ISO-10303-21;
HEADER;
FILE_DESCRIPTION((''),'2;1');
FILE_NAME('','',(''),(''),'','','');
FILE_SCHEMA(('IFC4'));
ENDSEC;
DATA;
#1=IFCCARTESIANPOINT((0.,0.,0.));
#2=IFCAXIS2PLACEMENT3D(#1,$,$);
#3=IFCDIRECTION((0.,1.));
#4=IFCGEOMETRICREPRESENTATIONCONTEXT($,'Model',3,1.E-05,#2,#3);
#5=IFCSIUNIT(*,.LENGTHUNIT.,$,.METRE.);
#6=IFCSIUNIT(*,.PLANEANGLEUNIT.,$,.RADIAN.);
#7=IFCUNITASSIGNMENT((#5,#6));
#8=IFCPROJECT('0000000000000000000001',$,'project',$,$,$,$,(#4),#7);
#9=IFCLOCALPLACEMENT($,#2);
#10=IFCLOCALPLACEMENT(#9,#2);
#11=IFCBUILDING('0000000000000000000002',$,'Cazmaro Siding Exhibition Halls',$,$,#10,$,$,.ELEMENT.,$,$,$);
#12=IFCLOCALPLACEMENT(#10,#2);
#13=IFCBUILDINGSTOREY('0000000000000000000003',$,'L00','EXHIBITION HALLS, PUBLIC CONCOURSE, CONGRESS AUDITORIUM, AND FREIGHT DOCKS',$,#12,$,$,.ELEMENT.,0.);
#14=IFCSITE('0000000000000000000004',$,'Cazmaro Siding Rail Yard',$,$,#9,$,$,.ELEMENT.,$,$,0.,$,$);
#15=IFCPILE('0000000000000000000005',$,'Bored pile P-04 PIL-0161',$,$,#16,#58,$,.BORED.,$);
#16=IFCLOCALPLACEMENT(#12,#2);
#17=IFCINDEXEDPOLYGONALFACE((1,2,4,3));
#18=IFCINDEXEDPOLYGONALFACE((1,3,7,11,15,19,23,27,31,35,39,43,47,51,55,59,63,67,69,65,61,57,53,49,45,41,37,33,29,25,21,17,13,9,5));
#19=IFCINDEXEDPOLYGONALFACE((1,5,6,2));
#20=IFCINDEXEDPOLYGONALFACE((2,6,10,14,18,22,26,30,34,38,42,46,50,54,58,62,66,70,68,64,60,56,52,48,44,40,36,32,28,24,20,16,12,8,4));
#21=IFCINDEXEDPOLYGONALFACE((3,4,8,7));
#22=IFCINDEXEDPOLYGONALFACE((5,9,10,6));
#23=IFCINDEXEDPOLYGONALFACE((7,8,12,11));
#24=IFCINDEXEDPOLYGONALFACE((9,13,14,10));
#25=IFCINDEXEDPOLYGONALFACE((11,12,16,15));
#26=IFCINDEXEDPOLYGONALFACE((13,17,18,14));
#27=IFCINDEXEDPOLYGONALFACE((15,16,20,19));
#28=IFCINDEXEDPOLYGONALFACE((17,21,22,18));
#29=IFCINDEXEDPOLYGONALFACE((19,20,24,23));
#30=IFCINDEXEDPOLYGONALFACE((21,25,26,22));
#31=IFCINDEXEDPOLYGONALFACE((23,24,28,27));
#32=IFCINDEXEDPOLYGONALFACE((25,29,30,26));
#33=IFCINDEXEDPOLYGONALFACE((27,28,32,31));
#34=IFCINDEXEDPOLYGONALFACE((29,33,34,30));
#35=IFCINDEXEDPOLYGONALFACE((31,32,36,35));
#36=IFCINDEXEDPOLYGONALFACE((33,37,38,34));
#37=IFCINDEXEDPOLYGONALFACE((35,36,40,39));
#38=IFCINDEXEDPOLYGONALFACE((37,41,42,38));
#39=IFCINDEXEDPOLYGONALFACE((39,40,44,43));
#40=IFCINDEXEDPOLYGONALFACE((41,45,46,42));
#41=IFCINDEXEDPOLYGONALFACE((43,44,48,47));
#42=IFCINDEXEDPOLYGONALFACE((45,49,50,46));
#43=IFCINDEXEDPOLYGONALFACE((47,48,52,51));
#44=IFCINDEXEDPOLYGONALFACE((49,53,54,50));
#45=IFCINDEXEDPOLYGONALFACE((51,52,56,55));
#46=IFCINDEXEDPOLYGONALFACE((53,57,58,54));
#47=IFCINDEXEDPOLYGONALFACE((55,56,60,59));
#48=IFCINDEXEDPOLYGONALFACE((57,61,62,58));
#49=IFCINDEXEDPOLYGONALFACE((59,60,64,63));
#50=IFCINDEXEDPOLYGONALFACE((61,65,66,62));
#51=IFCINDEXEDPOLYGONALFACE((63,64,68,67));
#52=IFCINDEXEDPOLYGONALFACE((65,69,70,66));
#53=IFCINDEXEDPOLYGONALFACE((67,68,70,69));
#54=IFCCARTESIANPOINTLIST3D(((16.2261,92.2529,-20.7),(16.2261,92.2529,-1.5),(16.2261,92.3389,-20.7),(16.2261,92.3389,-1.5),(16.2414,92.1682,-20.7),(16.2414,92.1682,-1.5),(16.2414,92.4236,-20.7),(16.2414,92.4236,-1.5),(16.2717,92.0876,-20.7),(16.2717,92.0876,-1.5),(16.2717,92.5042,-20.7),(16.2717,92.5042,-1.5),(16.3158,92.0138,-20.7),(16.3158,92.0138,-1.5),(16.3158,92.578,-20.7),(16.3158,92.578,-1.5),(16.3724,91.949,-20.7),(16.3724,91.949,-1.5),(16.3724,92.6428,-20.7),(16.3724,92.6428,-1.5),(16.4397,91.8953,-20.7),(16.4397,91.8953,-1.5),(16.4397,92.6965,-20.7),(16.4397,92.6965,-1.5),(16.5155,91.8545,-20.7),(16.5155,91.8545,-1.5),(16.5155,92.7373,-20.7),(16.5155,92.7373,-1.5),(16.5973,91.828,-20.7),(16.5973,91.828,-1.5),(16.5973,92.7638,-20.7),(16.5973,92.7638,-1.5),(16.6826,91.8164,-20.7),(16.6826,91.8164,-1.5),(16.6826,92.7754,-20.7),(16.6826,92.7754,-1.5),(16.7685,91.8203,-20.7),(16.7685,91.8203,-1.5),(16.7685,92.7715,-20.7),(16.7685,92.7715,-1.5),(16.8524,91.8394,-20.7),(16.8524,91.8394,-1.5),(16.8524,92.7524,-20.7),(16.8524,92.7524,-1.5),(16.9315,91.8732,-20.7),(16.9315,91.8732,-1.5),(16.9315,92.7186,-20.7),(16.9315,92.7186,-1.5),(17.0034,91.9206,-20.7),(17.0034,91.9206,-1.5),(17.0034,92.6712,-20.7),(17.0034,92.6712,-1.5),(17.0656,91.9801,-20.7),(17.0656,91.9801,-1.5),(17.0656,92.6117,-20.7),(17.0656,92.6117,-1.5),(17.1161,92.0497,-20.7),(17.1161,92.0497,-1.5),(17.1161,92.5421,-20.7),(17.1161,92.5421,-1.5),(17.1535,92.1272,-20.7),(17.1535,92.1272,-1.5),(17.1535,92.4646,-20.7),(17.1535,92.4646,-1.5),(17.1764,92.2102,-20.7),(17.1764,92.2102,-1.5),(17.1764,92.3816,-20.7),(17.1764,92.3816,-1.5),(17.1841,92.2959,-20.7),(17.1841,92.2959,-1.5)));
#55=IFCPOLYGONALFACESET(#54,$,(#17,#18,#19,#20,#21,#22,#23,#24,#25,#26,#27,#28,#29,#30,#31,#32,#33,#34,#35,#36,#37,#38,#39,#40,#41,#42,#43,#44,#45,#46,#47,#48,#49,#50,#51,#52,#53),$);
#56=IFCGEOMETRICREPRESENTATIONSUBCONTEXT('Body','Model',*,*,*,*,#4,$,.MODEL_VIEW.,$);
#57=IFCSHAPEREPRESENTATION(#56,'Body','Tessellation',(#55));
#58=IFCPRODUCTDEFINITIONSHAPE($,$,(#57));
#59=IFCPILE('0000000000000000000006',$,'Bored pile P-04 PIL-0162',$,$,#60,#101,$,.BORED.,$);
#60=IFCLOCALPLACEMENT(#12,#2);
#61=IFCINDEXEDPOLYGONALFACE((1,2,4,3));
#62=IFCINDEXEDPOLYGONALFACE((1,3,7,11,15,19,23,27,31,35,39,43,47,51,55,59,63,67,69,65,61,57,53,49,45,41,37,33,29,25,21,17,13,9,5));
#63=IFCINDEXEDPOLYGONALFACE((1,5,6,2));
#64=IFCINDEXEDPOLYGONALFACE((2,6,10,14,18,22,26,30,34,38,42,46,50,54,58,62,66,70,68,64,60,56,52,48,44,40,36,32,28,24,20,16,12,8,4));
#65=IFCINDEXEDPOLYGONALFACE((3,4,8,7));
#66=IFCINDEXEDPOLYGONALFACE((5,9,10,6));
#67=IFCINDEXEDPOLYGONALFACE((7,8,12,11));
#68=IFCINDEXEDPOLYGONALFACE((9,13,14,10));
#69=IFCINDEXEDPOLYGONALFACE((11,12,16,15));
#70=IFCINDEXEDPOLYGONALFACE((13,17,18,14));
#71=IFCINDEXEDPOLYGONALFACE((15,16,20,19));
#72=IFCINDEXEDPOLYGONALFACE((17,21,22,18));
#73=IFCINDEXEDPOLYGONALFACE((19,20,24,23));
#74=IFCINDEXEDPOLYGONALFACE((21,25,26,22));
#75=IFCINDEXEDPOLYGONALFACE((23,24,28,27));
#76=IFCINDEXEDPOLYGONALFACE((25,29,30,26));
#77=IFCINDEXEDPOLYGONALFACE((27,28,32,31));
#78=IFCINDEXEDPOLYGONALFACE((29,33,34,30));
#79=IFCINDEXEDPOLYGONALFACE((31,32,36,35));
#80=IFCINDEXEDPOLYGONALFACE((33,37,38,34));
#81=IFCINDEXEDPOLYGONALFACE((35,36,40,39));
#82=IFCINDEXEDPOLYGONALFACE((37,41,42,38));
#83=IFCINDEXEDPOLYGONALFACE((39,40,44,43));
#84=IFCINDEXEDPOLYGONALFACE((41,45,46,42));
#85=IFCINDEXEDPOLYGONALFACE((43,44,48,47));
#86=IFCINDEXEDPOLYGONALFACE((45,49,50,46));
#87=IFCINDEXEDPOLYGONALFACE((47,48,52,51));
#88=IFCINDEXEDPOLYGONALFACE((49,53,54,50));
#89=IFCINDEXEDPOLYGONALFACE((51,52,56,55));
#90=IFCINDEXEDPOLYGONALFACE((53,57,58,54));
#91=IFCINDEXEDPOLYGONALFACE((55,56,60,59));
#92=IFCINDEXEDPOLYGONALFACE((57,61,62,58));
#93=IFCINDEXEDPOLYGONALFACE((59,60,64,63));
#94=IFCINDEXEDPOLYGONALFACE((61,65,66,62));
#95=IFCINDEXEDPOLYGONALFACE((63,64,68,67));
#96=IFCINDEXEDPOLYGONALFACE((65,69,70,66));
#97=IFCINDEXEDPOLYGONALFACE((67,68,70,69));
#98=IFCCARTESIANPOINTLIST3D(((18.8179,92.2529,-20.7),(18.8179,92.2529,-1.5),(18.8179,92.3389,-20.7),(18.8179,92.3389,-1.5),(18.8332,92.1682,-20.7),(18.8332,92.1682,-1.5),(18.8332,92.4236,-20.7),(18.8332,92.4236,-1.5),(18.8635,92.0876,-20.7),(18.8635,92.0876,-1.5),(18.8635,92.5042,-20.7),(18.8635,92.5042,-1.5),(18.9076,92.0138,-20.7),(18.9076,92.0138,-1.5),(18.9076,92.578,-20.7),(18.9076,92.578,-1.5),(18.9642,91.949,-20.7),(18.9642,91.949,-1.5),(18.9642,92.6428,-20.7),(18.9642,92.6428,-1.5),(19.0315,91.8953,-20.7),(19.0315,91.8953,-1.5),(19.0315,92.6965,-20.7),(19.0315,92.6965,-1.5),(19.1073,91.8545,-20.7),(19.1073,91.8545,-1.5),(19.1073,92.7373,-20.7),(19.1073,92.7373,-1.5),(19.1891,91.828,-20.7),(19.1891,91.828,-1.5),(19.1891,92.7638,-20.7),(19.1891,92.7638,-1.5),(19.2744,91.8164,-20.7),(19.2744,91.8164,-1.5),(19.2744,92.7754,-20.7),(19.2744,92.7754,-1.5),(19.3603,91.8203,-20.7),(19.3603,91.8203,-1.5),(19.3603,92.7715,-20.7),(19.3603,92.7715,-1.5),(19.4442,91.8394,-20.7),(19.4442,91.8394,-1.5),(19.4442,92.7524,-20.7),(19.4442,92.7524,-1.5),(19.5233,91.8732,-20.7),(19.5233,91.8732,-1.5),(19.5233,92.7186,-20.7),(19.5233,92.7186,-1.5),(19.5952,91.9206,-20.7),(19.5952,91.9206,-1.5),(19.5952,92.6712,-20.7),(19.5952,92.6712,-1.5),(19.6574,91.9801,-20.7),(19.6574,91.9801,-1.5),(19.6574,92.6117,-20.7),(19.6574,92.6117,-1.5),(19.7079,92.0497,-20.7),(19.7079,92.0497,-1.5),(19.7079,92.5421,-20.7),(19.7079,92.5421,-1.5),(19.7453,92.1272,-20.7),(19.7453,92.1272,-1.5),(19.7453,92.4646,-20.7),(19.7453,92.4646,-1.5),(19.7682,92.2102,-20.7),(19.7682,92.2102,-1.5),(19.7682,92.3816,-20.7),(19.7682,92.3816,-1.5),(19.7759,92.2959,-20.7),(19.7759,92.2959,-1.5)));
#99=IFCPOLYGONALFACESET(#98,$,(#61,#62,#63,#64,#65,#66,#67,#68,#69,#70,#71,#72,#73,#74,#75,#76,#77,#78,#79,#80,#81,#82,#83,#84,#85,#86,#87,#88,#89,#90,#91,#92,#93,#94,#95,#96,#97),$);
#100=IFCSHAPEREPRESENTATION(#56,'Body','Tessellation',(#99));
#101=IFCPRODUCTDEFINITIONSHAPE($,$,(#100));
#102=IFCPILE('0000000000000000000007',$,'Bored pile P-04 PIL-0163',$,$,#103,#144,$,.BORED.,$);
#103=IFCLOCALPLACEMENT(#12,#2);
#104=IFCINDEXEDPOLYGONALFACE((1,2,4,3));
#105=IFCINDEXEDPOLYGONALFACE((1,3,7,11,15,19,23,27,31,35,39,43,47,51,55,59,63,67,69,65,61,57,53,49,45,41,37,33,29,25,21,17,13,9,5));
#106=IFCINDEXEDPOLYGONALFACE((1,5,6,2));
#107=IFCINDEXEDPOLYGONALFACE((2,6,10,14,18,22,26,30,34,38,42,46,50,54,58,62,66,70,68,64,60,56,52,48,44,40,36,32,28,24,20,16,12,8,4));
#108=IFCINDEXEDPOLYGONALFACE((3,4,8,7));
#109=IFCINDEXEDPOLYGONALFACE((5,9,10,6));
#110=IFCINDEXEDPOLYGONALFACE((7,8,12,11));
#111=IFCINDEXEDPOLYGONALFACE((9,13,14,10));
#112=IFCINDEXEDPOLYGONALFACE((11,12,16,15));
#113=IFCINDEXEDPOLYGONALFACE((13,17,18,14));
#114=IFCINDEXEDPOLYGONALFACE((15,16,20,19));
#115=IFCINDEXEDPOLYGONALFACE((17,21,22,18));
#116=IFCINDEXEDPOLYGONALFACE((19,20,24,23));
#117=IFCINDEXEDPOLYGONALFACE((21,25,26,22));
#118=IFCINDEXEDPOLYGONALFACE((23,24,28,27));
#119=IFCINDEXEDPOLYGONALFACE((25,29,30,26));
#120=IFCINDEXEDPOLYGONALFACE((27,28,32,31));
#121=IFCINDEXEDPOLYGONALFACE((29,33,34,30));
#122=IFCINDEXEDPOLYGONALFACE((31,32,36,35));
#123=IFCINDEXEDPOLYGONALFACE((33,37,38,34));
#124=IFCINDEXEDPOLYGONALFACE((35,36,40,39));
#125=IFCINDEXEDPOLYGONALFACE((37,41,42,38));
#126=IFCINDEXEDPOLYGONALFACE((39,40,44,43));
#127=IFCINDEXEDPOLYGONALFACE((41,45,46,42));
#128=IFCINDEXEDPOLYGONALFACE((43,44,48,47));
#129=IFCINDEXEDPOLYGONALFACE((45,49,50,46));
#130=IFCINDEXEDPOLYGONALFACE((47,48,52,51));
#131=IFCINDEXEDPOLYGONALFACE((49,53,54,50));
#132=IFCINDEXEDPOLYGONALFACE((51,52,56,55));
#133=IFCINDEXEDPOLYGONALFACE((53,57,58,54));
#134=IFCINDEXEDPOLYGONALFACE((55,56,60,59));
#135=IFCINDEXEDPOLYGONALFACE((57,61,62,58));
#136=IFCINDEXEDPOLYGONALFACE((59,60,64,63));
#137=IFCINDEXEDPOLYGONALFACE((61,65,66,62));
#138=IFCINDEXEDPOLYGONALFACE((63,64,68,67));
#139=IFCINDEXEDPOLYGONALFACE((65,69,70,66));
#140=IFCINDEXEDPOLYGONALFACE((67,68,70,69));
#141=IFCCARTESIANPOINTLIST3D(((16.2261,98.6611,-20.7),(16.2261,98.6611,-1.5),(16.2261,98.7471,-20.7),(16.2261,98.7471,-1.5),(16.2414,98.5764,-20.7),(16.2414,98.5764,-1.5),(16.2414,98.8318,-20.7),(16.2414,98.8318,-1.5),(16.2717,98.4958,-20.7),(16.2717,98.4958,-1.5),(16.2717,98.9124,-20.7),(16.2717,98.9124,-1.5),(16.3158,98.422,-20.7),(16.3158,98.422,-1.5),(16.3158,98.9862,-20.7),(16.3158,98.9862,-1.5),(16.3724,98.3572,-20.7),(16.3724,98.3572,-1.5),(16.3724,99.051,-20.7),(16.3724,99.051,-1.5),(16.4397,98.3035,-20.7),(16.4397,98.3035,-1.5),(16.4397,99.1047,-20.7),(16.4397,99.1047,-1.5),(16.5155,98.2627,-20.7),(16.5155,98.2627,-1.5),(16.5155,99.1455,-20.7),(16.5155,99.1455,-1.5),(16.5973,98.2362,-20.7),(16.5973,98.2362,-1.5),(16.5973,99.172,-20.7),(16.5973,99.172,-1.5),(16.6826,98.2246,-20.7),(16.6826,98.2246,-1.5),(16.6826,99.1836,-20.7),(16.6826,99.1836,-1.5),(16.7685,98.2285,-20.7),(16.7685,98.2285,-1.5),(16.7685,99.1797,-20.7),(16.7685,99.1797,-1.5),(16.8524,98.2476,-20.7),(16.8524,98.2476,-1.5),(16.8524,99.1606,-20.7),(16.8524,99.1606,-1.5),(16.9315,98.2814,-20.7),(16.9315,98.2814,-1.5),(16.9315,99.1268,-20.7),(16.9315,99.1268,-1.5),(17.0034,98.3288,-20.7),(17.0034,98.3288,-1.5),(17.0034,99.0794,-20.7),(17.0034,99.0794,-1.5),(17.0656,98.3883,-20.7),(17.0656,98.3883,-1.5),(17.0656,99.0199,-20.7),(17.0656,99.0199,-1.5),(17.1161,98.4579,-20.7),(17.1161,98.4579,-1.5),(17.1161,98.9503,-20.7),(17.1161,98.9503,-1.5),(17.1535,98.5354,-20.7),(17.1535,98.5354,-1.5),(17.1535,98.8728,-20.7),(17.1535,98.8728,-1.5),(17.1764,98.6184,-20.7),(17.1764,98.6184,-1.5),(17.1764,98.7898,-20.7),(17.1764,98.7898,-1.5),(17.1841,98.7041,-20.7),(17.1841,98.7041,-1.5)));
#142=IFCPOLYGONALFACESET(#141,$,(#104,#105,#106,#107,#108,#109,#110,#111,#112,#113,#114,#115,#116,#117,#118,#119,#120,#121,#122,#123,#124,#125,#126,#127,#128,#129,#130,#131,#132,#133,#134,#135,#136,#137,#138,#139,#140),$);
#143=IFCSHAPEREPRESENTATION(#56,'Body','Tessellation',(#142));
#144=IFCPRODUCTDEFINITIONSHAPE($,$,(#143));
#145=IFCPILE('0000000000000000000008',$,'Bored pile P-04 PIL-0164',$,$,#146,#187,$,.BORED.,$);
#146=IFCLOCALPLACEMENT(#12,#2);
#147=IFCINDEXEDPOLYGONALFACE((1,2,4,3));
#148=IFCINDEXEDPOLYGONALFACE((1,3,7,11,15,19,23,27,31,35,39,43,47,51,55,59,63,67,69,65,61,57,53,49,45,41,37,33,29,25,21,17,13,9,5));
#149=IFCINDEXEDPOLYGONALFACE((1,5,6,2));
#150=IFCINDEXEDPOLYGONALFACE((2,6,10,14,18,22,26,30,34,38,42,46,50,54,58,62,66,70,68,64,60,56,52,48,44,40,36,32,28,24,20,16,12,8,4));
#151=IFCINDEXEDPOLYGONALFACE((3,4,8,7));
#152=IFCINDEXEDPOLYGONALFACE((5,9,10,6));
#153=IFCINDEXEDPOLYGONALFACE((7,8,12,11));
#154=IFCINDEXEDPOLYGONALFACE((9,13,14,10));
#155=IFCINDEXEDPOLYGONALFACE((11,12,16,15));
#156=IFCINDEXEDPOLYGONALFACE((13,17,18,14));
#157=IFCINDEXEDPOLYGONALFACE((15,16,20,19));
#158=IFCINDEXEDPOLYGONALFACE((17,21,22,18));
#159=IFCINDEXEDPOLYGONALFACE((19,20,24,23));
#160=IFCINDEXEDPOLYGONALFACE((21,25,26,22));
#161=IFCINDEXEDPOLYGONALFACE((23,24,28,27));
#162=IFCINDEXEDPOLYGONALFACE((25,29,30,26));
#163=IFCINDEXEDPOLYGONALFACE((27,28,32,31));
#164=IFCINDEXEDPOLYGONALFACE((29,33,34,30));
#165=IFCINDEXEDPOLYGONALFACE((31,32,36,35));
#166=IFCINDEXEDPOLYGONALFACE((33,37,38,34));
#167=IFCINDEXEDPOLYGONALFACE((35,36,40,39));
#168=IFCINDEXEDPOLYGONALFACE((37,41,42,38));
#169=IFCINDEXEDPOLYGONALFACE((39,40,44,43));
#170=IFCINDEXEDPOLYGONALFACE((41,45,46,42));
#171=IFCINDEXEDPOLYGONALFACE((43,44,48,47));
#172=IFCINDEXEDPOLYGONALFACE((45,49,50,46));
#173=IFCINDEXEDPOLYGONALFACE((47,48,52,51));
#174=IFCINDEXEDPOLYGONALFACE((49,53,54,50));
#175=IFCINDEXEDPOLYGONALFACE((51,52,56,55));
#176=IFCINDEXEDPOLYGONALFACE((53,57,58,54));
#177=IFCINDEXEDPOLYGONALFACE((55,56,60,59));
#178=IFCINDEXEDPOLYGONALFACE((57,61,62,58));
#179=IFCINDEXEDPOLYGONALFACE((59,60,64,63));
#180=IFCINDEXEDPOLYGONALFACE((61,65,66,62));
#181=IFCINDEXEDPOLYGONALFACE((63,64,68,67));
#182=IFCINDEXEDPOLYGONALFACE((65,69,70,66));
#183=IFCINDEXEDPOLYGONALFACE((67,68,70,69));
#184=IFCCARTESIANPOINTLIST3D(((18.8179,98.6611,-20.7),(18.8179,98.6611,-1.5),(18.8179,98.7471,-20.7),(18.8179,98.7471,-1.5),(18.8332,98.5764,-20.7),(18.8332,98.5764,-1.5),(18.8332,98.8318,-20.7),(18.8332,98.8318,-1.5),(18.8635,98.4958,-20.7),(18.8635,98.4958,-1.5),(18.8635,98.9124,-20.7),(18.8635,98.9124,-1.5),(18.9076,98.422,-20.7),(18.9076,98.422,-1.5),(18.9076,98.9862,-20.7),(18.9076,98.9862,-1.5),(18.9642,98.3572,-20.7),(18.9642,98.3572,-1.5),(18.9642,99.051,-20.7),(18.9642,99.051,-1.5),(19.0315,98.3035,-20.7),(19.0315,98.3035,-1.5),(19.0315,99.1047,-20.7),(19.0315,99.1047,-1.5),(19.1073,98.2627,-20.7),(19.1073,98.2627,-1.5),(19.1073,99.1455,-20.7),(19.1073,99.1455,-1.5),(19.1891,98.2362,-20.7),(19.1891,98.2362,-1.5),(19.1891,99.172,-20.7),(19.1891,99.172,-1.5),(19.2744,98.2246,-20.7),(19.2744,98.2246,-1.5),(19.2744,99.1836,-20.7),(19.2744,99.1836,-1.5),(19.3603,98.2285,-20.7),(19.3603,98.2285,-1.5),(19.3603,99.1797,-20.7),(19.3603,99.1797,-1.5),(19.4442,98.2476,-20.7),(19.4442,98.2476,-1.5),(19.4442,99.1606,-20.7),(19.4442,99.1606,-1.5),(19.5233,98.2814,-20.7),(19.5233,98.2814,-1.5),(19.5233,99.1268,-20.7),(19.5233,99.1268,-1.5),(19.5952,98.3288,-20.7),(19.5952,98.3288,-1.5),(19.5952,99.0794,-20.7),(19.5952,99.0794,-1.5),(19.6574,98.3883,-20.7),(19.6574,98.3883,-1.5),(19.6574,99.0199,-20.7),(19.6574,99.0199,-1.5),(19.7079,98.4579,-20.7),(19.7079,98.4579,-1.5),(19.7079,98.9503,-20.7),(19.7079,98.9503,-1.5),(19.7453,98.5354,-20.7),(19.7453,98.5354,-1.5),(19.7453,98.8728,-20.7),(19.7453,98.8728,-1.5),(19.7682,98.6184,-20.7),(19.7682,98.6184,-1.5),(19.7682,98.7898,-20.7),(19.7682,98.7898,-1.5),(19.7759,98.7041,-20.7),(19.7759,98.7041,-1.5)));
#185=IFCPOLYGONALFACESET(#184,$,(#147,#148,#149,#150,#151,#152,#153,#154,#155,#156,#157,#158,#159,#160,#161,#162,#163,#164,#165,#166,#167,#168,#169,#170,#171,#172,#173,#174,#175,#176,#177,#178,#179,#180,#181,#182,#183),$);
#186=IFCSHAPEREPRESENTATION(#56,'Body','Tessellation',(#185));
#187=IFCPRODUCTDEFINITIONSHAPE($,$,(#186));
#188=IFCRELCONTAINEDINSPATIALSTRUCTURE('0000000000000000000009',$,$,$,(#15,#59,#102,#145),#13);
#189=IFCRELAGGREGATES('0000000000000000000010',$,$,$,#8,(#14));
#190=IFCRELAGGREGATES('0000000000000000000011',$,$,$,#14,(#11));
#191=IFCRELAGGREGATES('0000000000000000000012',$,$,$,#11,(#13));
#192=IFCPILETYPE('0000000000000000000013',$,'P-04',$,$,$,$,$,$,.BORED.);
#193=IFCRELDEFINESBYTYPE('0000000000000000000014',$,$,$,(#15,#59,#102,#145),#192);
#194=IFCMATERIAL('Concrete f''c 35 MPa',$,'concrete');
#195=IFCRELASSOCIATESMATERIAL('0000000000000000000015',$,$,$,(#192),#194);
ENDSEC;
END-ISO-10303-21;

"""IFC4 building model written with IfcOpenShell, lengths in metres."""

from ifc_helpers import new_model, si_unit, direction, frame, origin, origin_2d, place, context, subcontext, project, spatial, circle, extrude, material, material_profile, profile_set, type_object, element, save


model = new_model("IFC4")

# Units and contexts
model_context = context("Model", 3, precision=1e-05, world=origin(), true_north=direction((0.0, 1.0)))
body_context = subcontext(model_context, "Body", "Model", "MODEL_VIEW")
ifc_project = project(units=[si_unit("LENGTHUNIT", "METRE"), si_unit("PLANEANGLEUNIT", "RADIAN")], contexts=[model_context])

# Site, building, storey
site_placement = place(None, origin())
site = spatial("IfcSite", under=ifc_project, at=site_placement, Name="Cazmaro Siding Rail Yard", CompositionType="ELEMENT", RefElevation=0.0)
building_placement = place(site_placement, origin())
building = spatial("IfcBuilding", under=site, at=building_placement, Name="Cazmaro Siding Exhibition Halls", CompositionType="ELEMENT")
storey_placement = place(building_placement, origin())
storey = spatial("IfcBuildingStorey", under=building, at=storey_placement, Name="L00", Description="EXHIBITION HALLS, PUBLIC CONCOURSE, CONGRESS AUDITORIUM, AND FREIGHT DOCKS", CompositionType="ELEMENT", Elevation=0.0)

# Piles
ifc_material_1 = material(Name="Concrete f'c 35 MPa", Category="concrete")
ifc_material_profile_1 = material_profile(ifc_material_1, circle(Radius=0.48, at=origin_2d()), Name="CIDH-960")
ifc_profile_set_1 = profile_set([ifc_material_profile_1], Name="Concrete f'c 35 MPa")
pile_type = type_object("IfcPileType", Name="P-04", PredefinedType="BORED", material=ifc_profile_set_1)
for number, where, z_axis, x_axis, name in (
    (1, (16.7041, 92.2959, -1.5), (0.0, 0.0, -1.0), (1.0, 0.0, 0.0), "Bored pile P-04 PIL-0161"),
    (2, (19.2959, 92.2959, -1.5), (0.0, 0.0, -1.0), (1.0, 0.0, 0.0), "Bored pile P-04 PIL-0162"),
    (3, (16.7041, 98.7041, -1.5), (0.0, 0.0, -1.0), (1.0, 0.0, 0.0), "Bored pile P-04 PIL-0163"),
    (4, (19.2959, 98.7041, -1.5), (0.0, 0.0, -1.0), (1.0, 0.0, 0.0), "Bored pile P-04 PIL-0164"),
):
    element("IfcPile", number, at=place(storey_placement, frame(where, z_axis=z_axis, x_axis=x_axis)), inside=storey, type_object=pile_type, Name=name, PredefinedType="BORED", context=body_context, shape_type="SweptSolid", body=[
        extrude(circle(Radius=0.48, at=origin_2d()), origin(), (0.0, 0.0, 1.0), 19.2),
    ])

save(model, "model.ifc")
